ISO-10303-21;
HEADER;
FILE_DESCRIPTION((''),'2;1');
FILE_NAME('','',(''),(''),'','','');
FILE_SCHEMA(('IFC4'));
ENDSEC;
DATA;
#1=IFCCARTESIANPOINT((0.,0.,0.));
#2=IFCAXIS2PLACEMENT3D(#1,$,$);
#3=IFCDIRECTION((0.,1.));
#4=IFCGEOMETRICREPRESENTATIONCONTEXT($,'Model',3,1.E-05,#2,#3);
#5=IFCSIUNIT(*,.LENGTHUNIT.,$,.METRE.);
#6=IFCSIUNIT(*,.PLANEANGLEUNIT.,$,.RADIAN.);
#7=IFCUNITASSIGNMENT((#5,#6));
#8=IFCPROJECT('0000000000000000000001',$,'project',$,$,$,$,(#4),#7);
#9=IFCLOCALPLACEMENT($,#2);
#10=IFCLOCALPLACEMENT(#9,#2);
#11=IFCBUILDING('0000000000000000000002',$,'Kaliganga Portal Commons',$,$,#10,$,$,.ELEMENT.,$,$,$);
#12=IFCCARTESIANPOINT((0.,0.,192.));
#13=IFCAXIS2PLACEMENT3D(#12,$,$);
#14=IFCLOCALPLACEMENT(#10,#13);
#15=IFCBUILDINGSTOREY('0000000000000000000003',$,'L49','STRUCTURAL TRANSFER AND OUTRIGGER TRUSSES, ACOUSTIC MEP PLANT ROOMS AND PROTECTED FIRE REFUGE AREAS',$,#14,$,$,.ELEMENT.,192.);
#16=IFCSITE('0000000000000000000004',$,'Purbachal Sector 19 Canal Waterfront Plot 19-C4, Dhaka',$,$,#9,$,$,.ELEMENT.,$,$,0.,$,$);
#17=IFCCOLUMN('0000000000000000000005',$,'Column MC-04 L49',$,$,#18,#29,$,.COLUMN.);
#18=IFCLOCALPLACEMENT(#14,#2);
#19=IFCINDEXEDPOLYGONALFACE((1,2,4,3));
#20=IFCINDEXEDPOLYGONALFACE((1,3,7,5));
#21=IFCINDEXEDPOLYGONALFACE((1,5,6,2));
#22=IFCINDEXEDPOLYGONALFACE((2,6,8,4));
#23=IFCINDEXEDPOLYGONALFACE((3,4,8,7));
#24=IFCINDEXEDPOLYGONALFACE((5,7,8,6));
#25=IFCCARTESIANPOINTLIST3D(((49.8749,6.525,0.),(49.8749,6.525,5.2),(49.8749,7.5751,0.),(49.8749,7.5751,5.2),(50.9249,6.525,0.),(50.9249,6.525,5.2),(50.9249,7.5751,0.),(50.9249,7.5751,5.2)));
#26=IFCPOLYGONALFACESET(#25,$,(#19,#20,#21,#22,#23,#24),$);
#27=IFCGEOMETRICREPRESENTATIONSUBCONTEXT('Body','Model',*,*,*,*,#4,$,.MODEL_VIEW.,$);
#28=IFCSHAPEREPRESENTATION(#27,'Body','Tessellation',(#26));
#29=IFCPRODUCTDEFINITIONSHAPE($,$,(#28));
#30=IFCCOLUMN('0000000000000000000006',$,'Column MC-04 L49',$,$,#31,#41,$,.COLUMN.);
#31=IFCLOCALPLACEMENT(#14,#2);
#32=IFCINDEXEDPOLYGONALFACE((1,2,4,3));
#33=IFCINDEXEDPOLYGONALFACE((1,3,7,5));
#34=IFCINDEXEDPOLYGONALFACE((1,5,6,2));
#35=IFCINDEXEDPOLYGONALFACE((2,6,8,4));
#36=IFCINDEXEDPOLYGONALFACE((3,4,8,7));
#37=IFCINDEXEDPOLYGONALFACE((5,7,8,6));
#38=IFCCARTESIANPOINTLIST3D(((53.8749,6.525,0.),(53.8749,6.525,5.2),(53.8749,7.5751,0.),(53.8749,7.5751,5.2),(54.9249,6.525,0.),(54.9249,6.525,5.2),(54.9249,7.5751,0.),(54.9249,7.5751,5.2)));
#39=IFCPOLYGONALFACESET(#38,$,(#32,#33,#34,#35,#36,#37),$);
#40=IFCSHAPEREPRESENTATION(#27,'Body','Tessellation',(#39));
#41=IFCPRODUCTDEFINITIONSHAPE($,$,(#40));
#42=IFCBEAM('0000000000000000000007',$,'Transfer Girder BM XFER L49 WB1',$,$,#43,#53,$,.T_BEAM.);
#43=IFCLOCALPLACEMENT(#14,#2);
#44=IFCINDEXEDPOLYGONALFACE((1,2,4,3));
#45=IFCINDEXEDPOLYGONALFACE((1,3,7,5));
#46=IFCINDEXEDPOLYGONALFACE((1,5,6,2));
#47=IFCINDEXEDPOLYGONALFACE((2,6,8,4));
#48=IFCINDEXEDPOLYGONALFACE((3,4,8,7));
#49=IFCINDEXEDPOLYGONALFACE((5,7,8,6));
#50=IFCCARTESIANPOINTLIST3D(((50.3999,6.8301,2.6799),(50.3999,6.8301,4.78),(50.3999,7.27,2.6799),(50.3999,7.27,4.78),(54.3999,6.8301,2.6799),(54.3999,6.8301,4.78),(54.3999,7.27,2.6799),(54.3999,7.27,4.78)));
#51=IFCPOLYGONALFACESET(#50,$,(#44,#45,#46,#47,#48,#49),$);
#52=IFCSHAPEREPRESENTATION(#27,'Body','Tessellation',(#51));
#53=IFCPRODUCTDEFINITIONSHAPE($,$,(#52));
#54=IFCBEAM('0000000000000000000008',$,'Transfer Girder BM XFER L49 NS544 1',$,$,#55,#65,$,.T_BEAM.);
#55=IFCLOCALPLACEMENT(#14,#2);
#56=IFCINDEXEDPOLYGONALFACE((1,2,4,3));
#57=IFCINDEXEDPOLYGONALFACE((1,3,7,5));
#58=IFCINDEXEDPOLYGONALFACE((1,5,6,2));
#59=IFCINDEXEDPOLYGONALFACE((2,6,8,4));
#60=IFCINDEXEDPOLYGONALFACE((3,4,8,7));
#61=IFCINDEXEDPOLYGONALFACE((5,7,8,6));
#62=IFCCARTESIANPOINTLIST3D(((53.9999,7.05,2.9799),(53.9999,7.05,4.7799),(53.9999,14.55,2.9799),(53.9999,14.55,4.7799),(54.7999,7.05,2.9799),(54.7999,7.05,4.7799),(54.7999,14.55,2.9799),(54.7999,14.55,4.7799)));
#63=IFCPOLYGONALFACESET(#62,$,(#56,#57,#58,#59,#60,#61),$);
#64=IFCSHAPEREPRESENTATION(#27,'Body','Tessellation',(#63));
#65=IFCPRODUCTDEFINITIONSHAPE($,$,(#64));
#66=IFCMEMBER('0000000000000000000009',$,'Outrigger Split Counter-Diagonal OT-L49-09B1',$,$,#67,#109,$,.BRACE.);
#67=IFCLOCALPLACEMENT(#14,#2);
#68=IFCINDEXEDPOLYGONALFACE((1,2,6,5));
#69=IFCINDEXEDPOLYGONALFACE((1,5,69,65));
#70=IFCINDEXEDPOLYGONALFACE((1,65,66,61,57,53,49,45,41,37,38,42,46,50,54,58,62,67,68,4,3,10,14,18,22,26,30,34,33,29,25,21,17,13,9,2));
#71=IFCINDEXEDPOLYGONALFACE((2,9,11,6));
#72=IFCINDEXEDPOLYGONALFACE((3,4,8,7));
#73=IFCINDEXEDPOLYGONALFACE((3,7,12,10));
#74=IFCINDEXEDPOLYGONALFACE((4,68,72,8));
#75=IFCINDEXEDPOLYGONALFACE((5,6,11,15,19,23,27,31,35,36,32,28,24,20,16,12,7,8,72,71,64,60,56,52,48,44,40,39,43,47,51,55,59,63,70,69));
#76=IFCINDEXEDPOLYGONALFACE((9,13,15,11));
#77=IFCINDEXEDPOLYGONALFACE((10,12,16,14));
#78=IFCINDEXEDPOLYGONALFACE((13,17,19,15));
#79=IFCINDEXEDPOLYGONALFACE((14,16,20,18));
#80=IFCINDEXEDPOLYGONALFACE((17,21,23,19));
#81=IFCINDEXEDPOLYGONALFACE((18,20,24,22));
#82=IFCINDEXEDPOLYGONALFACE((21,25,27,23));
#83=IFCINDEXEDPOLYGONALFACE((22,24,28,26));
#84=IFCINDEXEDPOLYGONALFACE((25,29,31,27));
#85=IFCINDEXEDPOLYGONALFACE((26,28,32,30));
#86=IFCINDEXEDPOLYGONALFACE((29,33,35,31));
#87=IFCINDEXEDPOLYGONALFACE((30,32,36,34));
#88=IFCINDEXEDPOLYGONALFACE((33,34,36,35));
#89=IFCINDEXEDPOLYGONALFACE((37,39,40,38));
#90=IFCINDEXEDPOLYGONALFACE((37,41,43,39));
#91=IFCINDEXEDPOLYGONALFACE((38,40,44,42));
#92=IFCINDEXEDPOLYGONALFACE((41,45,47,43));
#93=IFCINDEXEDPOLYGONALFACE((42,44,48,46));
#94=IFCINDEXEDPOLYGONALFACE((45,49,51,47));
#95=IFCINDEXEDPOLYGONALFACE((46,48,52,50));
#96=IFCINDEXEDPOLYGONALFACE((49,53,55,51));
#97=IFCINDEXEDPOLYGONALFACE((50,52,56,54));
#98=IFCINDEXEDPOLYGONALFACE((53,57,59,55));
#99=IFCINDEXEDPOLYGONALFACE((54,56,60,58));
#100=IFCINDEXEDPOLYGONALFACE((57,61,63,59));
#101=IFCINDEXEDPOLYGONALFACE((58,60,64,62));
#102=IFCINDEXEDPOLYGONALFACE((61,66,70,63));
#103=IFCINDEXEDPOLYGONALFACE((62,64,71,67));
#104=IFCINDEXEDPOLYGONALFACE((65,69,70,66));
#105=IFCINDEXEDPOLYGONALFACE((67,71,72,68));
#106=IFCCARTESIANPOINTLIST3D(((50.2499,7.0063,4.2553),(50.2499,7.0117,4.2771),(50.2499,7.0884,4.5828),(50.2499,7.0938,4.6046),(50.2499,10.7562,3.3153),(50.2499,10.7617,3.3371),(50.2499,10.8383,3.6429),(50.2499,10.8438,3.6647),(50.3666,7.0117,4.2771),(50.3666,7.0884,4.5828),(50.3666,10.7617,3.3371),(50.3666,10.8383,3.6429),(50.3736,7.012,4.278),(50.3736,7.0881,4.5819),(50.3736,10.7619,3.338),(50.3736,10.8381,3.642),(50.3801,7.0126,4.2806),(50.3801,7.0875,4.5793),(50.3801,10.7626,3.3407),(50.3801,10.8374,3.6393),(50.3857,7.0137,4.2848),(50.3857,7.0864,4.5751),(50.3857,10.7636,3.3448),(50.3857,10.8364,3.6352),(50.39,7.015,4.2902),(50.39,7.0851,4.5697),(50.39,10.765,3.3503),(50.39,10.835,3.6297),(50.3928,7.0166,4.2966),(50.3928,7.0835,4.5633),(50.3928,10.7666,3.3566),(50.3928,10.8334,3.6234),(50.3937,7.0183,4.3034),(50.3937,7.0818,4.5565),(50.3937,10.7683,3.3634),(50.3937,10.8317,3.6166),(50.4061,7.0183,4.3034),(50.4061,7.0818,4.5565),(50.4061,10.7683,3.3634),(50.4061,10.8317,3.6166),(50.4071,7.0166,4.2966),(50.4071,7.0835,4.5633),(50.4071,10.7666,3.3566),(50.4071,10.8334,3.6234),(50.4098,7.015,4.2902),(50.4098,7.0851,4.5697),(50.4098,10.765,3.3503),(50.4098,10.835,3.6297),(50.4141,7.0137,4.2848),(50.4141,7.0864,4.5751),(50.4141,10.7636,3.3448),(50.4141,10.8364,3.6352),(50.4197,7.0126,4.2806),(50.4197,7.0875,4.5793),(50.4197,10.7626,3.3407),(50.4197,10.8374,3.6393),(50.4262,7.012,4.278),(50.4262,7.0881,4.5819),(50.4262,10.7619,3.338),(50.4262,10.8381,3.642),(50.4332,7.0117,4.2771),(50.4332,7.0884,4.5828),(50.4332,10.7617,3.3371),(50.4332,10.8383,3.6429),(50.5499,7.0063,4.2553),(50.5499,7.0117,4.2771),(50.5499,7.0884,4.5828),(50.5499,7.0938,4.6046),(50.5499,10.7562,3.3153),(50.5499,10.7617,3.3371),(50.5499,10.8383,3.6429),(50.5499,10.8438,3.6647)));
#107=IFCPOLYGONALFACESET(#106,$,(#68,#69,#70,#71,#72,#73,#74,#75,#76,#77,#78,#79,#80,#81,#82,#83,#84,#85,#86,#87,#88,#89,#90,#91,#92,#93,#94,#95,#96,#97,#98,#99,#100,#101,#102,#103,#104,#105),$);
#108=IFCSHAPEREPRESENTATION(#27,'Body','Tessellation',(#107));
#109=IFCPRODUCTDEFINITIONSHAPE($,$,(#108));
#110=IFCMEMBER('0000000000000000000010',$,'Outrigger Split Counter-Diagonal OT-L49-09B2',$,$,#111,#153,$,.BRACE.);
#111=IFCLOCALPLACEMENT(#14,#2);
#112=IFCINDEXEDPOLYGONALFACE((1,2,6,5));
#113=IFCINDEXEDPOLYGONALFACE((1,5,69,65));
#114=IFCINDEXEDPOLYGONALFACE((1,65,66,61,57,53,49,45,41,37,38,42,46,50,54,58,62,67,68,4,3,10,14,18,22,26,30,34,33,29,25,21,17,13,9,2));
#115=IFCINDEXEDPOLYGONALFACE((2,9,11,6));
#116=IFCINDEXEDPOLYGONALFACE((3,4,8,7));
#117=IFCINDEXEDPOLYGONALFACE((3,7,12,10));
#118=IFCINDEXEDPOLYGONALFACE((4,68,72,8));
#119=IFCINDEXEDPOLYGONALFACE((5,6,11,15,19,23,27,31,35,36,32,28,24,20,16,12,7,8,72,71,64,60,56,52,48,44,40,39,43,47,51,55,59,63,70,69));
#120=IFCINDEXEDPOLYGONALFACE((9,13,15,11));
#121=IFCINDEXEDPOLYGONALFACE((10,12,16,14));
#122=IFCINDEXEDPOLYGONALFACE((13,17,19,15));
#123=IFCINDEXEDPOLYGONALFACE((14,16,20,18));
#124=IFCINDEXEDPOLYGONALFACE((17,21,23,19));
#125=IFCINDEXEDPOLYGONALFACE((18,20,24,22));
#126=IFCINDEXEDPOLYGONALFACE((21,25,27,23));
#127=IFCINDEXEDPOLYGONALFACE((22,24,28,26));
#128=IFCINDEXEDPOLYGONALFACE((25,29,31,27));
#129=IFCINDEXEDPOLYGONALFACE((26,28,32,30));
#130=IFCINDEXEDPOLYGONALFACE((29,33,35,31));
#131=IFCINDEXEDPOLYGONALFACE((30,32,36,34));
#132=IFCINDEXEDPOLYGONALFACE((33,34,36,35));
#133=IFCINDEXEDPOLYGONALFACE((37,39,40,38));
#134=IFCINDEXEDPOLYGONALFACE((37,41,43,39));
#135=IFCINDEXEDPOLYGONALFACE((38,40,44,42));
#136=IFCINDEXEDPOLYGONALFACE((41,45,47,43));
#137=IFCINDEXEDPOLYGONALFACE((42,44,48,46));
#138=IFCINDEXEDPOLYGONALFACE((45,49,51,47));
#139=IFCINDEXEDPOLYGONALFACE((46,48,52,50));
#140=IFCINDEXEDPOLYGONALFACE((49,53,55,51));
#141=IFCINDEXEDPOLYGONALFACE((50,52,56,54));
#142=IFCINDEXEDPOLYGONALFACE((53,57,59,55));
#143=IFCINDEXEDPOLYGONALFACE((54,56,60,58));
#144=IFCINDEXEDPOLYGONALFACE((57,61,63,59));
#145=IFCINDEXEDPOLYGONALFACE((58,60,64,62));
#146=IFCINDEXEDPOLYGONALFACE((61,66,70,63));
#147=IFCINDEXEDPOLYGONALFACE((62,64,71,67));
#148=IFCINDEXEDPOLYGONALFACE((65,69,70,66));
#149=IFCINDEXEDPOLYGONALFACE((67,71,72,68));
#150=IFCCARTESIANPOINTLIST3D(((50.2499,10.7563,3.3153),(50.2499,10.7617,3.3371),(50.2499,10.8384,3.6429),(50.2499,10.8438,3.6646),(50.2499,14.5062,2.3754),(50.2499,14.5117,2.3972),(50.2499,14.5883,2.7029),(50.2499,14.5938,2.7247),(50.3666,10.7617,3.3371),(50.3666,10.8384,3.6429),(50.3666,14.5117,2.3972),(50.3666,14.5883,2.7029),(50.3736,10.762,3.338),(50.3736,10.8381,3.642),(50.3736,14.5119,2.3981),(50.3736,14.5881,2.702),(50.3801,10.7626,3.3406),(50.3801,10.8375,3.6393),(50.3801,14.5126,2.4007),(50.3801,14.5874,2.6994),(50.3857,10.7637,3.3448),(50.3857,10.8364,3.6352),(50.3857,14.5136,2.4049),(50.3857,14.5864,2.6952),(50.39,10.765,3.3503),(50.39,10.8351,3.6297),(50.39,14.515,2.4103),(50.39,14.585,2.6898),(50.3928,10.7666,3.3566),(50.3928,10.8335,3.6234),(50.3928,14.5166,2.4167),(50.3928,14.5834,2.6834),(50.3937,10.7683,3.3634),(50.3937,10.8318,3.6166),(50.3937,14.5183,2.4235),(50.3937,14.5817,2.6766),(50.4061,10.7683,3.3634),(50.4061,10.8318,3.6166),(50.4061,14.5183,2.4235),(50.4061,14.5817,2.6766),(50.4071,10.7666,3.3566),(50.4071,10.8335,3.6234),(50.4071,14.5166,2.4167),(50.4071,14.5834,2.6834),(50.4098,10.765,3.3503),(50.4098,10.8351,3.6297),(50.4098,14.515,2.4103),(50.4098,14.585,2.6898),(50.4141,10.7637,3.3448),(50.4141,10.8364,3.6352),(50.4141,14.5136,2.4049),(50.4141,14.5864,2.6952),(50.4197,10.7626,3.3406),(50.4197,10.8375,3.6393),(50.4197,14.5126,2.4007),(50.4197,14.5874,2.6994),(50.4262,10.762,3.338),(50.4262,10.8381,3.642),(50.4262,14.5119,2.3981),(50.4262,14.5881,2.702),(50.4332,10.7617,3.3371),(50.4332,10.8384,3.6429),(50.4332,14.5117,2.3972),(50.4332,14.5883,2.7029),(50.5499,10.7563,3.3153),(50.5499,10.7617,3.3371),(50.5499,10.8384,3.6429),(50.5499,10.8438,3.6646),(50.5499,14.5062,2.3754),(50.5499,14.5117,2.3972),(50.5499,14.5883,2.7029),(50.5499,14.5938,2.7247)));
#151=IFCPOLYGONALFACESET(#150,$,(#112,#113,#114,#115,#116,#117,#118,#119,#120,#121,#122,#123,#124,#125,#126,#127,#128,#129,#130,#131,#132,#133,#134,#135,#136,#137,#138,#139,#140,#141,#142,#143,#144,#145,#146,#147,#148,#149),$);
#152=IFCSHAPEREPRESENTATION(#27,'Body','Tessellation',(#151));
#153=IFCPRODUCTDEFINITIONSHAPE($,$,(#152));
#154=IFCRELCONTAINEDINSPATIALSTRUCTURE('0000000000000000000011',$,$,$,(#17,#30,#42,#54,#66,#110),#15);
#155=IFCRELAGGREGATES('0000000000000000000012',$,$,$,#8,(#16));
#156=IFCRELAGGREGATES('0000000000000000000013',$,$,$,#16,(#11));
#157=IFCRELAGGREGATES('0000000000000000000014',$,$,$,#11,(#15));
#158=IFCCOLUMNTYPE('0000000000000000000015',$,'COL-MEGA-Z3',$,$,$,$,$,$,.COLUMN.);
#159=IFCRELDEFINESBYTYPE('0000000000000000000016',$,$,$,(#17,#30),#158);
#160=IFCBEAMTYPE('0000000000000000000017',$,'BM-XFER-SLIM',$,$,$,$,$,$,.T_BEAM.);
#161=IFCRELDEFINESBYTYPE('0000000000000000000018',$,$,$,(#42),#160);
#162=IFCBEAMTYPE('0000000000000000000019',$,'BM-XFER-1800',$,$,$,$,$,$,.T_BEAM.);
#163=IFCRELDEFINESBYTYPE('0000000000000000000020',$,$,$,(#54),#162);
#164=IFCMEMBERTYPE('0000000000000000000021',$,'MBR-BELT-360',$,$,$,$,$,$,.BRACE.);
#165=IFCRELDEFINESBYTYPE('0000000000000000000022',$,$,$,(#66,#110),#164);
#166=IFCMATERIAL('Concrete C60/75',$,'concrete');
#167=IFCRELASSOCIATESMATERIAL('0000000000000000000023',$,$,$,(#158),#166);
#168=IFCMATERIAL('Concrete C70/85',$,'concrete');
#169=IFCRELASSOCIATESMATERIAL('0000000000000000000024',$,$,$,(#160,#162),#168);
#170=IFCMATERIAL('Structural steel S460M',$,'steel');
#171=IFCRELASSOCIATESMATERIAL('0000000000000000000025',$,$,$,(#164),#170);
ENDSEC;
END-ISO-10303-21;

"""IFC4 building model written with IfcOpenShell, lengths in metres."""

from ifc_helpers import new_model, si_unit, direction, frame, origin, origin_2d, place, context, subcontext, project, spatial, rectangle, i_section, extrude, source, transform, mapped, material, material_profile, profile_set, type_object, element, save


model = new_model("IFC4")

# Units and contexts
model_context = context("Model", 3, precision=1e-05, world=origin(), true_north=direction((0.0, 1.0)))
body_context = subcontext(model_context, "Body", "Model", "MODEL_VIEW")
ifc_project = project(units=[si_unit("LENGTHUNIT", "METRE"), si_unit("PLANEANGLEUNIT", "RADIAN")], contexts=[model_context])

# Site, building, storey
site_placement = place(None, origin())
site = spatial("IfcSite", under=ifc_project, at=site_placement, Name="Purbachal Sector 19 Canal Waterfront Plot 19-C4, Dhaka", CompositionType="ELEMENT", RefElevation=0.0)
building_placement = place(site_placement, origin())
building = spatial("IfcBuilding", under=site, at=building_placement, Name="Kaliganga Portal Commons", CompositionType="ELEMENT")
storey_placement = place(building_placement, frame((0.0, 0.0, 192.0)))
storey = spatial("IfcBuildingStorey", under=building, at=storey_placement, Name="L49", Description="STRUCTURAL TRANSFER AND OUTRIGGER TRUSSES, ACOUSTIC MEP PLANT ROOMS AND PROTECTED FIRE REFUGE AREAS", CompositionType="ELEMENT", Elevation=192.0)

# Columns
ifc_material_1 = material(Name="Concrete C60/75", Category="concrete")
ifc_material_profile_1 = material_profile(ifc_material_1, rectangle(XDim=1.05, YDim=1.05, at=origin_2d()), Name="RC 1050x1050")
ifc_profile_set_1 = profile_set([ifc_material_profile_1], Name="Concrete C60/75")
column_type = type_object("IfcColumnType", Name="COL-MEGA-Z3", PredefinedType="COLUMN", material=ifc_profile_set_1)
shared_shape_1 = source(origin(), body_context, "Body", "SweptSolid", [
    extrude(rectangle(XDim=1.05, YDim=1.05, at=origin_2d()), origin(), (0.0, 0.0, 1.0), 5.2),
])
for number, where, z_axis, x_axis, name in (
    (1, (50.3999, 7.05, 0.0), (0.0, 0.0, 1.0), (1.0, 0.0, 0.0), "Column MC-04 L49"),
    (2, (54.3999, 7.05, 0.0), (0.0, 0.0, 1.0), (1.0, 0.0, 0.0), "Column MC-04 L49"),
):
    element("IfcColumn", number, at=place(storey_placement, frame(where, z_axis=z_axis, x_axis=x_axis)), inside=storey, type_object=column_type, Name=name, PredefinedType="COLUMN", context=body_context, shape_type="MappedRepresentation", body=[
        mapped(shared_shape_1, transform((0.0, 0.0, 0.0), x_axis=(1.0, 0.0, 0.0), y_axis=(0.0, 1.0, 0.0), z_axis=(0.0, 0.0, 1.0), scale=1.0)),
    ])

# Beams
ifc_material_2 = material(Name="Concrete C70/85", Category="concrete")
ifc_material_profile_2 = material_profile(ifc_material_2, rectangle(XDim=0.4399, YDim=2.1001, at=origin_2d()), Name="RC 440x2100")
ifc_profile_set_2 = profile_set([ifc_material_profile_2], Name="Concrete C70/85")
beam_type_1 = type_object("IfcBeamType", Name="BM-XFER-SLIM", PredefinedType="T_BEAM", material=ifc_profile_set_2)
shared_shape_2 = source(origin(), body_context, "Body", "SweptSolid", [
    extrude(rectangle(XDim=0.4399, YDim=2.1001, at=origin_2d()), origin(), (0.0, 0.0, 1.0), 4.0),
])
beam_1_placement = place(storey_placement, frame((50.3999, 7.05, 3.73), z_axis=(1.0, 0.0, 0.0), x_axis=(0.0, 1.0, 0.0)))
element("IfcBeam", 3, at=beam_1_placement, inside=storey, type_object=beam_type_1, Name="Transfer Girder BM XFER L49 WB1", PredefinedType="T_BEAM", context=body_context, shape_type="MappedRepresentation", body=[
    mapped(shared_shape_2, transform((0.0, 0.0, 0.0), x_axis=(1.0, 0.0, 0.0), y_axis=(0.0, 1.0, 0.0), z_axis=(0.0, 0.0, 1.0), scale=1.0)),
])
ifc_material_profile_3 = material_profile(ifc_material_2, rectangle(XDim=0.8, YDim=1.8, at=origin_2d()), Name="RC 800x1800")
ifc_profile_set_3 = profile_set([ifc_material_profile_3], Name="Concrete C70/85")
beam_type_2 = type_object("IfcBeamType", Name="BM-XFER-1800", PredefinedType="T_BEAM", material=ifc_profile_set_3)
shared_shape_3 = source(origin(), body_context, "Body", "SweptSolid", [
    extrude(rectangle(XDim=0.8, YDim=1.8, at=origin_2d()), origin(), (0.0, 0.0, 1.0), 7.5),
])
beam_2_placement = place(storey_placement, frame((54.3999, 7.05, 3.8799), z_axis=(0.0, 1.0, 0.0), x_axis=(-1.0, 0.0, 0.0)))
element("IfcBeam", 4, at=beam_2_placement, inside=storey, type_object=beam_type_2, Name="Transfer Girder BM XFER L49 NS544 1", PredefinedType="T_BEAM", context=body_context, shape_type="MappedRepresentation", body=[
    mapped(shared_shape_3, transform((0.0, 0.0, 0.0), x_axis=(1.0, 0.0, 0.0), y_axis=(0.0, 1.0, 0.0), z_axis=(0.0, 0.0, 1.0), scale=1.0)),
])

# Members
ifc_material_3 = material(Name="Structural steel S460M", Category="steel")
ifc_material_profile_4 = material_profile(ifc_material_3, i_section(OverallWidth=0.3, OverallDepth=0.3601, WebThickness=0.0125, FlangeThickness=0.0225, FilletRadius=0.0271, at=origin_2d()), Name="HE 360 B")
ifc_profile_set_4 = profile_set([ifc_material_profile_4], Name="Structural steel S460M wide-flange")
member_type_1 = type_object("IfcMemberType", Name="MBR-BELT-360", PredefinedType="BRACE", material=ifc_profile_set_4)
shared_shape_4 = source(origin(), body_context, "Body", "SweptSolid", [
    extrude(i_section(OverallWidth=0.3, OverallDepth=0.3601, WebThickness=0.0125, FlangeThickness=0.0225, FilletRadius=0.0271, at=origin_2d()), origin(), (0.0, 0.0, 1.0), 3.866),
])
for number, where, z_axis, x_axis, name in (
    (5, (50.3999, 7.05, 4.4299), (0.0, 0.969994, -0.24313), (-1.0, 0.0, 0.0), "Outrigger Split Counter-Diagonal OT-L49-09B1"),
    (6, (50.3999, 10.8, 3.49), (0.0, 0.969994, -0.24313), (-1.0, 0.0, 0.0), "Outrigger Split Counter-Diagonal OT-L49-09B2"),
):
    element("IfcMember", number, at=place(storey_placement, frame(where, z_axis=z_axis, x_axis=x_axis)), inside=storey, type_object=member_type_1, Name=name, PredefinedType="BRACE", context=body_context, shape_type="MappedRepresentation", body=[
        mapped(shared_shape_4, transform((0.0, 0.0, 0.0), x_axis=(1.0, 0.0, 0.0), y_axis=(0.0, 1.0, 0.0), z_axis=(0.0, 0.0, 1.0), scale=1.0)),
    ])

save(model, "model.ifc")
